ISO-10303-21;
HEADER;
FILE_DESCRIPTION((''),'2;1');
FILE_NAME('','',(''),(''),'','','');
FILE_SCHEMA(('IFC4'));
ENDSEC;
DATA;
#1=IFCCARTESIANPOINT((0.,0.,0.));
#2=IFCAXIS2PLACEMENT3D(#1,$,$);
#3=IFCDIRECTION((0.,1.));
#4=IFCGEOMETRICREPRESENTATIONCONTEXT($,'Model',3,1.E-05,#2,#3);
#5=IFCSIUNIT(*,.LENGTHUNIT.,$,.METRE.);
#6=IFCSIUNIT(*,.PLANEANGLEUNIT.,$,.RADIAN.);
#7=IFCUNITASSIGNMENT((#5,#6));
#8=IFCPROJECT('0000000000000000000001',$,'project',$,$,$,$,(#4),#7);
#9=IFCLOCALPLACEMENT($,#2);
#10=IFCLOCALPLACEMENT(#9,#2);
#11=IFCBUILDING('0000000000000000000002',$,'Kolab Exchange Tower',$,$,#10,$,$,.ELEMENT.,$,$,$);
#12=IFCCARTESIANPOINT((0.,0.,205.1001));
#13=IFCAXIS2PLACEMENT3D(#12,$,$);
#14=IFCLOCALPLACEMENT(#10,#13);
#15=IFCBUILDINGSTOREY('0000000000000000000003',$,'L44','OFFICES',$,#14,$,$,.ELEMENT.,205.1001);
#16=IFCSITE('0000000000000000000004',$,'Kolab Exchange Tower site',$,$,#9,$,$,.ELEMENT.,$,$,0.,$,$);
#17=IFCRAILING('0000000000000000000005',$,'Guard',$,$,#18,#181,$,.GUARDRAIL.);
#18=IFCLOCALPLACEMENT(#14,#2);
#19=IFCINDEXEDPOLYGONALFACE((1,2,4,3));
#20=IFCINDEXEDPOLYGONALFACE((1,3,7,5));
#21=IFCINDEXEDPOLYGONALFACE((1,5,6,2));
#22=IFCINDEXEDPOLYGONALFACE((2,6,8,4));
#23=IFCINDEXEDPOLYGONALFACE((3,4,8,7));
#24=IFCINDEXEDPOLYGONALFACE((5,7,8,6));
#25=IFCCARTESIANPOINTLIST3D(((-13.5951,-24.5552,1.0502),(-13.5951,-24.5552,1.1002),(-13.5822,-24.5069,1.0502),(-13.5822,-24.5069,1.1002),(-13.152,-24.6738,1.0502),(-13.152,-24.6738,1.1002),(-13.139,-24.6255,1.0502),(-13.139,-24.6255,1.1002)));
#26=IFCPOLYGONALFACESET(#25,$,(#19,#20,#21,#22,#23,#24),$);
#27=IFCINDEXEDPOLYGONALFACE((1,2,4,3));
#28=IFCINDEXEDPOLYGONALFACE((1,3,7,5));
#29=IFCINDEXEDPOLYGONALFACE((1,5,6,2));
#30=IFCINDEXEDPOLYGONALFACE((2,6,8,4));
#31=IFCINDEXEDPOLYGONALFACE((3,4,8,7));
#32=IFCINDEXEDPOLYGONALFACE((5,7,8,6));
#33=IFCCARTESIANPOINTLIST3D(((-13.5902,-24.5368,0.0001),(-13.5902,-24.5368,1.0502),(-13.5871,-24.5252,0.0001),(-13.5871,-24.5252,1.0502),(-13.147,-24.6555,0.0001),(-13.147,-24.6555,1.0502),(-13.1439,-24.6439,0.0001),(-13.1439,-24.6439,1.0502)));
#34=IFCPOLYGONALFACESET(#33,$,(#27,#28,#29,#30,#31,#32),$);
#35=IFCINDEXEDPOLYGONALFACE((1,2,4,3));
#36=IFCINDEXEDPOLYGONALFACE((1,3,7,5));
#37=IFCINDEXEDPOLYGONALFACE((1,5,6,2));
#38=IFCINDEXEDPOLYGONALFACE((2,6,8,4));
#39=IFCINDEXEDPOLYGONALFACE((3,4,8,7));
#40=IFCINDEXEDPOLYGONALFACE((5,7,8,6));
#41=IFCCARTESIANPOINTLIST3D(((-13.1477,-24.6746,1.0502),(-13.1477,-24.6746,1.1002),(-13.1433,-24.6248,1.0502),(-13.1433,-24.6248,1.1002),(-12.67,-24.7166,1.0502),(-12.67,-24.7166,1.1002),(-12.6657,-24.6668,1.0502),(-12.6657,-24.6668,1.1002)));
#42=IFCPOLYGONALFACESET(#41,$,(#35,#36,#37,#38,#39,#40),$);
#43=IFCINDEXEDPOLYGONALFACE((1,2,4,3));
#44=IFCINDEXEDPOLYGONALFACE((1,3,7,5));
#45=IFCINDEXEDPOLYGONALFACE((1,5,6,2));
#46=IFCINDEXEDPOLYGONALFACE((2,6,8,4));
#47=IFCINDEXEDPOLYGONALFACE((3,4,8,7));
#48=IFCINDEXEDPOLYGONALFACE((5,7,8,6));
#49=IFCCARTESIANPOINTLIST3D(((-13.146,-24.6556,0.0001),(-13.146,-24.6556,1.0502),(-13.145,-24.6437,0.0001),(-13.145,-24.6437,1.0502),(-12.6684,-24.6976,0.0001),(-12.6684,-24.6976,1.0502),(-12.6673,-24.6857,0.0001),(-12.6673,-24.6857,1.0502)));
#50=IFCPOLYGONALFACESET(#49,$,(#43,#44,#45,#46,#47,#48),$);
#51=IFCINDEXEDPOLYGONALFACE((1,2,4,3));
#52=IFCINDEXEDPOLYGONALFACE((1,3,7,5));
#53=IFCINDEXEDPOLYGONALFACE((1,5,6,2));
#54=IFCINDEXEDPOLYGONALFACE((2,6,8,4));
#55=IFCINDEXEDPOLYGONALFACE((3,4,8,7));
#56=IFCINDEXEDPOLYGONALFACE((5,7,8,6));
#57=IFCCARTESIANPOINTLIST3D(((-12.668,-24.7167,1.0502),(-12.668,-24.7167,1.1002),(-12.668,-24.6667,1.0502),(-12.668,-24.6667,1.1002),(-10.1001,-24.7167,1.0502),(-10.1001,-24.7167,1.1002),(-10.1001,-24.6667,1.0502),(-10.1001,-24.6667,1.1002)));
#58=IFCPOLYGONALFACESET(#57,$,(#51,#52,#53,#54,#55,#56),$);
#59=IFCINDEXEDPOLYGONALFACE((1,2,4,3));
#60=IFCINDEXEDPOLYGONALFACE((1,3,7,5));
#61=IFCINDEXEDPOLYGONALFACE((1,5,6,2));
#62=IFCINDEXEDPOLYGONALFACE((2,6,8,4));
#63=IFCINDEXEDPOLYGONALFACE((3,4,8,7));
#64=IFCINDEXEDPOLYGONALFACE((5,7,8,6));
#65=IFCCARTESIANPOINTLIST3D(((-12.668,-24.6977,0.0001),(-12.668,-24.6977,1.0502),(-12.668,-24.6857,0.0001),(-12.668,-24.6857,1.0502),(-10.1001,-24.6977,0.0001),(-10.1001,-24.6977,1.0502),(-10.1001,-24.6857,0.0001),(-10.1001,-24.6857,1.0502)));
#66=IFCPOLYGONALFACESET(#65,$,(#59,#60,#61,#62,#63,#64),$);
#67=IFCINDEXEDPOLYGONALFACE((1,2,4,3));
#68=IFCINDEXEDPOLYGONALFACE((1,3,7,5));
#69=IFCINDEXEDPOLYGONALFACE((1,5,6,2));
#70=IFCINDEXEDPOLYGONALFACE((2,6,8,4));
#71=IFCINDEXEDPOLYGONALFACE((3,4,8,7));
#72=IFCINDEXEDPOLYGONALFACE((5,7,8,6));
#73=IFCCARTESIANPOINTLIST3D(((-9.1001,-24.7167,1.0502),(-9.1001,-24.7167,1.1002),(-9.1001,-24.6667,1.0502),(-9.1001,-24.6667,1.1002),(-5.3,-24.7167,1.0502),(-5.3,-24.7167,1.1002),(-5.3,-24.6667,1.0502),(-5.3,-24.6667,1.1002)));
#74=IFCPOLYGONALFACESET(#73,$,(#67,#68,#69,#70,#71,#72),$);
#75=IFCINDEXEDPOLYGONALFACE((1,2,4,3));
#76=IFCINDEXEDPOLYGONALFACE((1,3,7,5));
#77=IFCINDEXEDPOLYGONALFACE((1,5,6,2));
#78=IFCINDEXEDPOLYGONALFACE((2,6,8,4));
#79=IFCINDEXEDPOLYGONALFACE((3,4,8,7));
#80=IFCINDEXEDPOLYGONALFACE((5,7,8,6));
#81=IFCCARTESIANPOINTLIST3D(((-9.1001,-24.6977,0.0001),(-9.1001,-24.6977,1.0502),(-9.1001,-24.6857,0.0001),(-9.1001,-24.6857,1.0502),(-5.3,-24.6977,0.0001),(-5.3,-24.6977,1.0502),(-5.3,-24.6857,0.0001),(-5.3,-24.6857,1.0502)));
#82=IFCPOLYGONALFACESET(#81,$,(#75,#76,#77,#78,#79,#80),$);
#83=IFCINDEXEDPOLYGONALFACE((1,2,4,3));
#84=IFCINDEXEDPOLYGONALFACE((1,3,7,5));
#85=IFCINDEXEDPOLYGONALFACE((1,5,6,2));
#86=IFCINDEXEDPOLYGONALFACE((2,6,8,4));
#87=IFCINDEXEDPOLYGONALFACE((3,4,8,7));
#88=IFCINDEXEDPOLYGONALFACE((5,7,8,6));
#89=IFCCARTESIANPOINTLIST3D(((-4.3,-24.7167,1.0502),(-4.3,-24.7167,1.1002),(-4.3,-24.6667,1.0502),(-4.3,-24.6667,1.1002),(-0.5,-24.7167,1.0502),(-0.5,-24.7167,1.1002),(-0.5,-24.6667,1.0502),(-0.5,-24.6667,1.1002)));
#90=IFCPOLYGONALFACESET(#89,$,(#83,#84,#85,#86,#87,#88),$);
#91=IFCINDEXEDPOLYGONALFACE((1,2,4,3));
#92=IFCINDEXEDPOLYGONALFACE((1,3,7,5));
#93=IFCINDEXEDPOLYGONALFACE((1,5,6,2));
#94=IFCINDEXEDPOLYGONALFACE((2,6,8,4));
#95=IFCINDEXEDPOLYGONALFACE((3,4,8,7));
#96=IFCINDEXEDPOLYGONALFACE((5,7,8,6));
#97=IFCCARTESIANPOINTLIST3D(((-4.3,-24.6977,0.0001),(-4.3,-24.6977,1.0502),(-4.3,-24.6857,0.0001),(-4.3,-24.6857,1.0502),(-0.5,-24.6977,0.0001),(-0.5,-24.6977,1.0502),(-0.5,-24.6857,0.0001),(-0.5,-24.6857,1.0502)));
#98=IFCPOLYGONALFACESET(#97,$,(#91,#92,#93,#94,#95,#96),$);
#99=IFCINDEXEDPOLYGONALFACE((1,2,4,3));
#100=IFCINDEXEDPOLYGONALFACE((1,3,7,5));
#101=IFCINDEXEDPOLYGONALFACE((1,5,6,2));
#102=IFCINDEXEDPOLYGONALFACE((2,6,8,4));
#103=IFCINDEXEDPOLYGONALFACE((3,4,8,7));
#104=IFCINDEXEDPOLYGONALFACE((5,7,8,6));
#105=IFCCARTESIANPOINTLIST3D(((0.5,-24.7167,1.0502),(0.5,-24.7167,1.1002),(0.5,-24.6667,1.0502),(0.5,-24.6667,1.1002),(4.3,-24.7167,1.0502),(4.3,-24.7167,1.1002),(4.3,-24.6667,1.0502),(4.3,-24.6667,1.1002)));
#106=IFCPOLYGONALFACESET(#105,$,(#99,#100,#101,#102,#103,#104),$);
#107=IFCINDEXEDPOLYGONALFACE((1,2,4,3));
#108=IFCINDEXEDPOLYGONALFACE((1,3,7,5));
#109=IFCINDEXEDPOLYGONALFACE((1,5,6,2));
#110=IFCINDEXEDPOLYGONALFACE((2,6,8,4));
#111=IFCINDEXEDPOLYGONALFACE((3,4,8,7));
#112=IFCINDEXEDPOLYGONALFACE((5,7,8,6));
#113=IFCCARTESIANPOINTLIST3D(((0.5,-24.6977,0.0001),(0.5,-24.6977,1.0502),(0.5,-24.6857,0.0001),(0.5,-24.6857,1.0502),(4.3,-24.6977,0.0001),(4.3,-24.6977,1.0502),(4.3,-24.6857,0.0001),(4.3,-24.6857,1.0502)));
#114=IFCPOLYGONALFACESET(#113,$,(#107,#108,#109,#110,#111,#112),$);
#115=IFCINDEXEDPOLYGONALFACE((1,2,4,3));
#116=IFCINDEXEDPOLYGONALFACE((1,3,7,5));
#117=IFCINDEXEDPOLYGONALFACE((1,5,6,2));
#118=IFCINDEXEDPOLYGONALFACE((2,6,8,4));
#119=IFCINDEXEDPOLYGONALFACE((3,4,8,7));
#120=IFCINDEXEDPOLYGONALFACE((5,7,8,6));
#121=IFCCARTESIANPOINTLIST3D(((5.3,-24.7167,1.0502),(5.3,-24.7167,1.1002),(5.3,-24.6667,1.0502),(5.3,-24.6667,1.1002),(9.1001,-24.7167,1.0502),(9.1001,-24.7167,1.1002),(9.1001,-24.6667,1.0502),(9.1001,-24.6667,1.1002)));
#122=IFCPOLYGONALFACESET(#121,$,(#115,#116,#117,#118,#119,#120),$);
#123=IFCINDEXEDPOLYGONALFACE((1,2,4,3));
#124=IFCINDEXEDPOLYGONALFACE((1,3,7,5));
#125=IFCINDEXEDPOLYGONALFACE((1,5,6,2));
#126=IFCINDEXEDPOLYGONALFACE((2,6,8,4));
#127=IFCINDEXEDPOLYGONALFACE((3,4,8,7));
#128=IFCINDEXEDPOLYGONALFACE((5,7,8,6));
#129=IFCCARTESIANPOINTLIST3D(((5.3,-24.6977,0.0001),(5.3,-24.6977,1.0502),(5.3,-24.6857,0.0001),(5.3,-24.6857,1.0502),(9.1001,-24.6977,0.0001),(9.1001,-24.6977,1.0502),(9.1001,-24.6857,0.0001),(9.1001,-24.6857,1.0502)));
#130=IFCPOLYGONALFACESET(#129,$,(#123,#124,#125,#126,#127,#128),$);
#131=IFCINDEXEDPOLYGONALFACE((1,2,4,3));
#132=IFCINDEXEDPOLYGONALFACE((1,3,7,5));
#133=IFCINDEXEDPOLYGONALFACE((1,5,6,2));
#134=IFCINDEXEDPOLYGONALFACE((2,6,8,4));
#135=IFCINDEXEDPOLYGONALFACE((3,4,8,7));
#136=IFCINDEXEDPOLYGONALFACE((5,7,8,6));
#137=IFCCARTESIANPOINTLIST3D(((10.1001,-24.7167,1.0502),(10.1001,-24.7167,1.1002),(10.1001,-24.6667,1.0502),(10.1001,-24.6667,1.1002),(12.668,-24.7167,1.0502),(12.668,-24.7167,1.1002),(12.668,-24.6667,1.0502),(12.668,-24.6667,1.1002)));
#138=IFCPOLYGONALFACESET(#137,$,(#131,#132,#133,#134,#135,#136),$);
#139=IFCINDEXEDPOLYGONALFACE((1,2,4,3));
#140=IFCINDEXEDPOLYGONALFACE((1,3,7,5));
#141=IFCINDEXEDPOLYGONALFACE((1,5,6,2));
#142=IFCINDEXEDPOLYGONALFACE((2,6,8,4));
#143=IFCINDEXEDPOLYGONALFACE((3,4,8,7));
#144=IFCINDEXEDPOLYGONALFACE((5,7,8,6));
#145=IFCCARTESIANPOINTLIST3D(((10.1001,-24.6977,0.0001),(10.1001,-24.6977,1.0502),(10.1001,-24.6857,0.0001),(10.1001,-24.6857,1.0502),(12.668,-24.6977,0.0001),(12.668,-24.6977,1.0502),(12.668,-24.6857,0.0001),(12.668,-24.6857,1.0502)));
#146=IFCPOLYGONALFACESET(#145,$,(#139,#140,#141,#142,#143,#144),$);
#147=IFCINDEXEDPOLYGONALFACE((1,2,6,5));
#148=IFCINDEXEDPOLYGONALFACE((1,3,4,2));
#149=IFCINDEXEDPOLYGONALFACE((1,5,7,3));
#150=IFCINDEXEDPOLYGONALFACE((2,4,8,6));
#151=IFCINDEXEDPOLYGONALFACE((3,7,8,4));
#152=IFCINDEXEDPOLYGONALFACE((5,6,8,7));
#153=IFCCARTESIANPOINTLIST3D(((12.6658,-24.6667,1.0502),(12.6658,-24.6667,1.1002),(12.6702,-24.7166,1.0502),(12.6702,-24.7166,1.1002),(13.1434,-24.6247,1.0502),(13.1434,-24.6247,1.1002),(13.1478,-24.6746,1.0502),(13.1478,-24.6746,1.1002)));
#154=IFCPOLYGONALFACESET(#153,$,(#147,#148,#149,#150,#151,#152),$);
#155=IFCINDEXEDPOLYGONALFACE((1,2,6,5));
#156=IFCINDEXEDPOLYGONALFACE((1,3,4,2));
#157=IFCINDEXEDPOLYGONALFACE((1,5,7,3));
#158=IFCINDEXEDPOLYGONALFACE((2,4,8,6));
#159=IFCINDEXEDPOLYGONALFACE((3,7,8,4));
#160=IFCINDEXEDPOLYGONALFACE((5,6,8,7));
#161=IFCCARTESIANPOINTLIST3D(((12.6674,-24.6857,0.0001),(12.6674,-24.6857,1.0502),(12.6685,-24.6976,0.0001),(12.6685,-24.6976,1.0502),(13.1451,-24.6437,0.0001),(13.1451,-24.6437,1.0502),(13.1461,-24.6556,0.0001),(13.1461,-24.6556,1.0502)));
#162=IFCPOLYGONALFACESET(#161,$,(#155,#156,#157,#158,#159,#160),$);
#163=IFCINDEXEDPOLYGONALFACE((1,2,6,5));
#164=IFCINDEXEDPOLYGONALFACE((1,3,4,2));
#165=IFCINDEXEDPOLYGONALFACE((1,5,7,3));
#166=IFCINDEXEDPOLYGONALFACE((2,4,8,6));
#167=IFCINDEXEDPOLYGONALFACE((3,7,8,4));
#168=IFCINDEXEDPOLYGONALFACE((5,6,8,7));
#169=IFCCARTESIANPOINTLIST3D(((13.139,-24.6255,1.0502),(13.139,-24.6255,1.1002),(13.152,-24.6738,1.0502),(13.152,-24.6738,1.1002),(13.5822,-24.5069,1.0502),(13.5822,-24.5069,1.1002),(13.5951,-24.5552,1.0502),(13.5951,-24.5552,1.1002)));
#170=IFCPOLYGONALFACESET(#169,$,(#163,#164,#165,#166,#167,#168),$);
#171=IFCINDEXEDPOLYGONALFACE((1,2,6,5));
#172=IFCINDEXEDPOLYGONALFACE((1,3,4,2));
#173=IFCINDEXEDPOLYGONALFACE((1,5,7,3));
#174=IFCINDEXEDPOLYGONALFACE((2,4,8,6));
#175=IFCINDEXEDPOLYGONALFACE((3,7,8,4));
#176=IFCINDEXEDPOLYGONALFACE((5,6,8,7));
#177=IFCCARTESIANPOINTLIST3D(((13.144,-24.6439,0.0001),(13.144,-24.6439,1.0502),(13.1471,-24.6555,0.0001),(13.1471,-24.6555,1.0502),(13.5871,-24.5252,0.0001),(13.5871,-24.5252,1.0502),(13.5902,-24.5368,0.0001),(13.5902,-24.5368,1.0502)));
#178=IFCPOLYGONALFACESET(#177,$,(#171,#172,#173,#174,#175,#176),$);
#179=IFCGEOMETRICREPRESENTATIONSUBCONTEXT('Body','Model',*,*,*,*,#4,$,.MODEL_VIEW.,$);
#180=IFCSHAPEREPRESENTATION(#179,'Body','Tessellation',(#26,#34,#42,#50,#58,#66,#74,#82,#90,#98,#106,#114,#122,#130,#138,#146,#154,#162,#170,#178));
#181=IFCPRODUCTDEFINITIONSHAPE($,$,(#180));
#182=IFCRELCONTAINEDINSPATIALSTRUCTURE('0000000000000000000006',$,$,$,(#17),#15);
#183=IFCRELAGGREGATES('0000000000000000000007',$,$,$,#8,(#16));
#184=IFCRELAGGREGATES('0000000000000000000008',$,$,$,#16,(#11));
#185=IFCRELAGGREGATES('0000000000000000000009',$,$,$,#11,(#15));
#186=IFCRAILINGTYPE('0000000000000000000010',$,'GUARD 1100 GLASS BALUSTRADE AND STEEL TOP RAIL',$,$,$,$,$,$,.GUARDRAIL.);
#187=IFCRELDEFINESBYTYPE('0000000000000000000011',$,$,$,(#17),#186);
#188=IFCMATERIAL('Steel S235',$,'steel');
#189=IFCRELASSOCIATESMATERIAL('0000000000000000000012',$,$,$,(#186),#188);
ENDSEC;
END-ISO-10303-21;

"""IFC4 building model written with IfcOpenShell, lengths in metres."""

from ifc_helpers import new_model, si_unit, direction, frame, frame_2d, origin, origin_2d, place, context, subcontext, project, spatial, rectangle, extrude, material, type_object, element, save


model = new_model("IFC4")

# Units and contexts
model_context = context("Model", 3, precision=1e-05, world=origin(), true_north=direction((0.0, 1.0)))
body_context = subcontext(model_context, "Body", "Model", "MODEL_VIEW")
ifc_project = project(units=[si_unit("LENGTHUNIT", "METRE"), si_unit("PLANEANGLEUNIT", "RADIAN")], contexts=[model_context])

# Site, building, storey
site_placement = place(None, origin())
site = spatial("IfcSite", under=ifc_project, at=site_placement, Name="Kolab Exchange Tower site", CompositionType="ELEMENT", RefElevation=0.0)
building_placement = place(site_placement, origin())
building = spatial("IfcBuilding", under=site, at=building_placement, Name="Kolab Exchange Tower", CompositionType="ELEMENT")
storey_placement = place(building_placement, frame((0.0, 0.0, 205.1001)))
storey = spatial("IfcBuildingStorey", under=building, at=storey_placement, Name="L44", Description="OFFICES", CompositionType="ELEMENT", Elevation=205.1001)

# Railing
ifc_material_1 = material(Name="Steel S235", Category="steel")
railing_type = type_object("IfcRailingType", Name="GUARD 1100 GLASS BALUSTRADE AND STEEL TOP RAIL", PredefinedType="GUARDRAIL", material=ifc_material_1)
railing_placement = place(storey_placement, frame((-13.5886, -24.531, 0.0)))
element("IfcRailing", 1, at=railing_placement, inside=storey, type_object=railing_type, Name="Guard", PredefinedType="GUARDRAIL", context=body_context, shape_type="SweptSolid", body=[
    extrude(rectangle(XDim=0.05, YDim=0.05, at=origin_2d()), frame((0.0, 0.0, 1.0752), z_axis=(0.965969, -0.258656, 0.0), x_axis=(0.258656, 0.965969, 0.0)), (0.0, 0.0, 1.0), 0.4587),
    extrude(rectangle(XDim=0.012, YDim=1.0501, at=frame_2d((0.0, 0.5251))), frame((0.0, 0.0, 0.0), z_axis=(0.965969, -0.258656, 0.0), x_axis=(0.258656, 0.965969, 0.0)), (0.0, 0.0, 1.0), 0.4587),
    extrude(rectangle(XDim=0.05, YDim=0.05, at=origin_2d()), frame((0.4431, -0.1187, 1.0752), z_axis=(0.996156, -0.087597, 0.0), x_axis=(0.087597, 0.996156, 0.0)), (0.0, 0.0, 1.0), 0.4795),
    extrude(rectangle(XDim=0.012, YDim=1.0501, at=frame_2d((0.0, 0.5251))), frame((0.4431, -0.1187, 0.0), z_axis=(0.996156, -0.087597, 0.0), x_axis=(0.087597, 0.996156, 0.0)), (0.0, 0.0, 1.0), 0.4795),
    extrude(rectangle(XDim=0.05, YDim=0.05, at=origin_2d()), frame((0.9207, -0.1606, 1.0752), z_axis=(1.0, 0.0, 0.0), x_axis=(0.0, 1.0, 0.0)), (0.0, 0.0, 1.0), 2.5679),
    extrude(rectangle(XDim=0.012, YDim=1.0501, at=frame_2d((0.0, 0.5251))), frame((0.9207, -0.1606, 0.0), z_axis=(1.0, 0.0, 0.0), x_axis=(0.0, 1.0, 0.0)), (0.0, 0.0, 1.0), 2.5679),
    extrude(rectangle(XDim=0.05, YDim=0.05, at=origin_2d()), frame((4.4885, -0.1606, 1.0752), z_axis=(1.0, 0.0, 0.0), x_axis=(0.0, 1.0, 0.0)), (0.0, 0.0, 1.0), 3.8),
    extrude(rectangle(XDim=0.012, YDim=1.0501, at=frame_2d((0.0, 0.5251))), frame((4.4885, -0.1606, 0.0), z_axis=(1.0, 0.0, 0.0), x_axis=(0.0, 1.0, 0.0)), (0.0, 0.0, 1.0), 3.8),
    extrude(rectangle(XDim=0.05, YDim=0.05, at=origin_2d()), frame((9.2886, -0.1606, 1.0752), z_axis=(1.0, 0.0, 0.0), x_axis=(0.0, 1.0, 0.0)), (0.0, 0.0, 1.0), 3.8),
    extrude(rectangle(XDim=0.012, YDim=1.0501, at=frame_2d((0.0, 0.5251))), frame((9.2886, -0.1606, 0.0), z_axis=(1.0, 0.0, 0.0), x_axis=(0.0, 1.0, 0.0)), (0.0, 0.0, 1.0), 3.8),
    extrude(rectangle(XDim=0.05, YDim=0.05, at=origin_2d()), frame((14.0886, -0.1606, 1.0752), z_axis=(1.0, 0.0, 0.0), x_axis=(0.0, 1.0, 0.0)), (0.0, 0.0, 1.0), 3.8),
    extrude(rectangle(XDim=0.012, YDim=1.0501, at=frame_2d((0.0, 0.5251))), frame((14.0886, -0.1606, 0.0), z_axis=(1.0, 0.0, 0.0), x_axis=(0.0, 1.0, 0.0)), (0.0, 0.0, 1.0), 3.8),
    extrude(rectangle(XDim=0.05, YDim=0.05, at=origin_2d()), frame((18.8887, -0.1606, 1.0752), z_axis=(1.0, 0.0, 0.0), x_axis=(0.0, 1.0, 0.0)), (0.0, 0.0, 1.0), 3.8),
    extrude(rectangle(XDim=0.012, YDim=1.0501, at=frame_2d((0.0, 0.5251))), frame((18.8887, -0.1606, 0.0), z_axis=(1.0, 0.0, 0.0), x_axis=(0.0, 1.0, 0.0)), (0.0, 0.0, 1.0), 3.8),
    extrude(rectangle(XDim=0.05, YDim=0.05, at=origin_2d()), frame((23.6887, -0.1606, 1.0752), z_axis=(1.0, 0.0, 0.0), x_axis=(0.0, 1.0, 0.0)), (0.0, 0.0, 1.0), 2.5679),
    extrude(rectangle(XDim=0.012, YDim=1.0501, at=frame_2d((0.0, 0.5251))), frame((23.6887, -0.1606, 0.0), z_axis=(1.0, 0.0, 0.0), x_axis=(0.0, 1.0, 0.0)), (0.0, 0.0, 1.0), 2.5679),
    extrude(rectangle(XDim=0.05, YDim=0.05, at=origin_2d()), frame((26.2566, -0.1606, 1.0752), z_axis=(0.996156, 0.087597, 0.0), x_axis=(-0.087597, 0.996156, 0.0)), (0.0, 0.0, 1.0), 0.4795),
    extrude(rectangle(XDim=0.012, YDim=1.0501, at=frame_2d((0.0, 0.5251))), frame((26.2566, -0.1606, 0.0), z_axis=(0.996156, 0.087597, 0.0), x_axis=(-0.087597, 0.996156, 0.0)), (0.0, 0.0, 1.0), 0.4795),
    extrude(rectangle(XDim=0.05, YDim=0.05, at=origin_2d()), frame((26.7341, -0.1187, 1.0752), z_axis=(0.965969, 0.258656, 0.0), x_axis=(-0.258656, 0.965969, 0.0)), (0.0, 0.0, 1.0), 0.4587),
    extrude(rectangle(XDim=0.012, YDim=1.0501, at=frame_2d((0.0, 0.5251))), frame((26.7341, -0.1187, 0.0), z_axis=(0.965969, 0.258656, 0.0), x_axis=(-0.258656, 0.965969, 0.0)), (0.0, 0.0, 1.0), 0.4587),
])

save(model, "model.ifc")
